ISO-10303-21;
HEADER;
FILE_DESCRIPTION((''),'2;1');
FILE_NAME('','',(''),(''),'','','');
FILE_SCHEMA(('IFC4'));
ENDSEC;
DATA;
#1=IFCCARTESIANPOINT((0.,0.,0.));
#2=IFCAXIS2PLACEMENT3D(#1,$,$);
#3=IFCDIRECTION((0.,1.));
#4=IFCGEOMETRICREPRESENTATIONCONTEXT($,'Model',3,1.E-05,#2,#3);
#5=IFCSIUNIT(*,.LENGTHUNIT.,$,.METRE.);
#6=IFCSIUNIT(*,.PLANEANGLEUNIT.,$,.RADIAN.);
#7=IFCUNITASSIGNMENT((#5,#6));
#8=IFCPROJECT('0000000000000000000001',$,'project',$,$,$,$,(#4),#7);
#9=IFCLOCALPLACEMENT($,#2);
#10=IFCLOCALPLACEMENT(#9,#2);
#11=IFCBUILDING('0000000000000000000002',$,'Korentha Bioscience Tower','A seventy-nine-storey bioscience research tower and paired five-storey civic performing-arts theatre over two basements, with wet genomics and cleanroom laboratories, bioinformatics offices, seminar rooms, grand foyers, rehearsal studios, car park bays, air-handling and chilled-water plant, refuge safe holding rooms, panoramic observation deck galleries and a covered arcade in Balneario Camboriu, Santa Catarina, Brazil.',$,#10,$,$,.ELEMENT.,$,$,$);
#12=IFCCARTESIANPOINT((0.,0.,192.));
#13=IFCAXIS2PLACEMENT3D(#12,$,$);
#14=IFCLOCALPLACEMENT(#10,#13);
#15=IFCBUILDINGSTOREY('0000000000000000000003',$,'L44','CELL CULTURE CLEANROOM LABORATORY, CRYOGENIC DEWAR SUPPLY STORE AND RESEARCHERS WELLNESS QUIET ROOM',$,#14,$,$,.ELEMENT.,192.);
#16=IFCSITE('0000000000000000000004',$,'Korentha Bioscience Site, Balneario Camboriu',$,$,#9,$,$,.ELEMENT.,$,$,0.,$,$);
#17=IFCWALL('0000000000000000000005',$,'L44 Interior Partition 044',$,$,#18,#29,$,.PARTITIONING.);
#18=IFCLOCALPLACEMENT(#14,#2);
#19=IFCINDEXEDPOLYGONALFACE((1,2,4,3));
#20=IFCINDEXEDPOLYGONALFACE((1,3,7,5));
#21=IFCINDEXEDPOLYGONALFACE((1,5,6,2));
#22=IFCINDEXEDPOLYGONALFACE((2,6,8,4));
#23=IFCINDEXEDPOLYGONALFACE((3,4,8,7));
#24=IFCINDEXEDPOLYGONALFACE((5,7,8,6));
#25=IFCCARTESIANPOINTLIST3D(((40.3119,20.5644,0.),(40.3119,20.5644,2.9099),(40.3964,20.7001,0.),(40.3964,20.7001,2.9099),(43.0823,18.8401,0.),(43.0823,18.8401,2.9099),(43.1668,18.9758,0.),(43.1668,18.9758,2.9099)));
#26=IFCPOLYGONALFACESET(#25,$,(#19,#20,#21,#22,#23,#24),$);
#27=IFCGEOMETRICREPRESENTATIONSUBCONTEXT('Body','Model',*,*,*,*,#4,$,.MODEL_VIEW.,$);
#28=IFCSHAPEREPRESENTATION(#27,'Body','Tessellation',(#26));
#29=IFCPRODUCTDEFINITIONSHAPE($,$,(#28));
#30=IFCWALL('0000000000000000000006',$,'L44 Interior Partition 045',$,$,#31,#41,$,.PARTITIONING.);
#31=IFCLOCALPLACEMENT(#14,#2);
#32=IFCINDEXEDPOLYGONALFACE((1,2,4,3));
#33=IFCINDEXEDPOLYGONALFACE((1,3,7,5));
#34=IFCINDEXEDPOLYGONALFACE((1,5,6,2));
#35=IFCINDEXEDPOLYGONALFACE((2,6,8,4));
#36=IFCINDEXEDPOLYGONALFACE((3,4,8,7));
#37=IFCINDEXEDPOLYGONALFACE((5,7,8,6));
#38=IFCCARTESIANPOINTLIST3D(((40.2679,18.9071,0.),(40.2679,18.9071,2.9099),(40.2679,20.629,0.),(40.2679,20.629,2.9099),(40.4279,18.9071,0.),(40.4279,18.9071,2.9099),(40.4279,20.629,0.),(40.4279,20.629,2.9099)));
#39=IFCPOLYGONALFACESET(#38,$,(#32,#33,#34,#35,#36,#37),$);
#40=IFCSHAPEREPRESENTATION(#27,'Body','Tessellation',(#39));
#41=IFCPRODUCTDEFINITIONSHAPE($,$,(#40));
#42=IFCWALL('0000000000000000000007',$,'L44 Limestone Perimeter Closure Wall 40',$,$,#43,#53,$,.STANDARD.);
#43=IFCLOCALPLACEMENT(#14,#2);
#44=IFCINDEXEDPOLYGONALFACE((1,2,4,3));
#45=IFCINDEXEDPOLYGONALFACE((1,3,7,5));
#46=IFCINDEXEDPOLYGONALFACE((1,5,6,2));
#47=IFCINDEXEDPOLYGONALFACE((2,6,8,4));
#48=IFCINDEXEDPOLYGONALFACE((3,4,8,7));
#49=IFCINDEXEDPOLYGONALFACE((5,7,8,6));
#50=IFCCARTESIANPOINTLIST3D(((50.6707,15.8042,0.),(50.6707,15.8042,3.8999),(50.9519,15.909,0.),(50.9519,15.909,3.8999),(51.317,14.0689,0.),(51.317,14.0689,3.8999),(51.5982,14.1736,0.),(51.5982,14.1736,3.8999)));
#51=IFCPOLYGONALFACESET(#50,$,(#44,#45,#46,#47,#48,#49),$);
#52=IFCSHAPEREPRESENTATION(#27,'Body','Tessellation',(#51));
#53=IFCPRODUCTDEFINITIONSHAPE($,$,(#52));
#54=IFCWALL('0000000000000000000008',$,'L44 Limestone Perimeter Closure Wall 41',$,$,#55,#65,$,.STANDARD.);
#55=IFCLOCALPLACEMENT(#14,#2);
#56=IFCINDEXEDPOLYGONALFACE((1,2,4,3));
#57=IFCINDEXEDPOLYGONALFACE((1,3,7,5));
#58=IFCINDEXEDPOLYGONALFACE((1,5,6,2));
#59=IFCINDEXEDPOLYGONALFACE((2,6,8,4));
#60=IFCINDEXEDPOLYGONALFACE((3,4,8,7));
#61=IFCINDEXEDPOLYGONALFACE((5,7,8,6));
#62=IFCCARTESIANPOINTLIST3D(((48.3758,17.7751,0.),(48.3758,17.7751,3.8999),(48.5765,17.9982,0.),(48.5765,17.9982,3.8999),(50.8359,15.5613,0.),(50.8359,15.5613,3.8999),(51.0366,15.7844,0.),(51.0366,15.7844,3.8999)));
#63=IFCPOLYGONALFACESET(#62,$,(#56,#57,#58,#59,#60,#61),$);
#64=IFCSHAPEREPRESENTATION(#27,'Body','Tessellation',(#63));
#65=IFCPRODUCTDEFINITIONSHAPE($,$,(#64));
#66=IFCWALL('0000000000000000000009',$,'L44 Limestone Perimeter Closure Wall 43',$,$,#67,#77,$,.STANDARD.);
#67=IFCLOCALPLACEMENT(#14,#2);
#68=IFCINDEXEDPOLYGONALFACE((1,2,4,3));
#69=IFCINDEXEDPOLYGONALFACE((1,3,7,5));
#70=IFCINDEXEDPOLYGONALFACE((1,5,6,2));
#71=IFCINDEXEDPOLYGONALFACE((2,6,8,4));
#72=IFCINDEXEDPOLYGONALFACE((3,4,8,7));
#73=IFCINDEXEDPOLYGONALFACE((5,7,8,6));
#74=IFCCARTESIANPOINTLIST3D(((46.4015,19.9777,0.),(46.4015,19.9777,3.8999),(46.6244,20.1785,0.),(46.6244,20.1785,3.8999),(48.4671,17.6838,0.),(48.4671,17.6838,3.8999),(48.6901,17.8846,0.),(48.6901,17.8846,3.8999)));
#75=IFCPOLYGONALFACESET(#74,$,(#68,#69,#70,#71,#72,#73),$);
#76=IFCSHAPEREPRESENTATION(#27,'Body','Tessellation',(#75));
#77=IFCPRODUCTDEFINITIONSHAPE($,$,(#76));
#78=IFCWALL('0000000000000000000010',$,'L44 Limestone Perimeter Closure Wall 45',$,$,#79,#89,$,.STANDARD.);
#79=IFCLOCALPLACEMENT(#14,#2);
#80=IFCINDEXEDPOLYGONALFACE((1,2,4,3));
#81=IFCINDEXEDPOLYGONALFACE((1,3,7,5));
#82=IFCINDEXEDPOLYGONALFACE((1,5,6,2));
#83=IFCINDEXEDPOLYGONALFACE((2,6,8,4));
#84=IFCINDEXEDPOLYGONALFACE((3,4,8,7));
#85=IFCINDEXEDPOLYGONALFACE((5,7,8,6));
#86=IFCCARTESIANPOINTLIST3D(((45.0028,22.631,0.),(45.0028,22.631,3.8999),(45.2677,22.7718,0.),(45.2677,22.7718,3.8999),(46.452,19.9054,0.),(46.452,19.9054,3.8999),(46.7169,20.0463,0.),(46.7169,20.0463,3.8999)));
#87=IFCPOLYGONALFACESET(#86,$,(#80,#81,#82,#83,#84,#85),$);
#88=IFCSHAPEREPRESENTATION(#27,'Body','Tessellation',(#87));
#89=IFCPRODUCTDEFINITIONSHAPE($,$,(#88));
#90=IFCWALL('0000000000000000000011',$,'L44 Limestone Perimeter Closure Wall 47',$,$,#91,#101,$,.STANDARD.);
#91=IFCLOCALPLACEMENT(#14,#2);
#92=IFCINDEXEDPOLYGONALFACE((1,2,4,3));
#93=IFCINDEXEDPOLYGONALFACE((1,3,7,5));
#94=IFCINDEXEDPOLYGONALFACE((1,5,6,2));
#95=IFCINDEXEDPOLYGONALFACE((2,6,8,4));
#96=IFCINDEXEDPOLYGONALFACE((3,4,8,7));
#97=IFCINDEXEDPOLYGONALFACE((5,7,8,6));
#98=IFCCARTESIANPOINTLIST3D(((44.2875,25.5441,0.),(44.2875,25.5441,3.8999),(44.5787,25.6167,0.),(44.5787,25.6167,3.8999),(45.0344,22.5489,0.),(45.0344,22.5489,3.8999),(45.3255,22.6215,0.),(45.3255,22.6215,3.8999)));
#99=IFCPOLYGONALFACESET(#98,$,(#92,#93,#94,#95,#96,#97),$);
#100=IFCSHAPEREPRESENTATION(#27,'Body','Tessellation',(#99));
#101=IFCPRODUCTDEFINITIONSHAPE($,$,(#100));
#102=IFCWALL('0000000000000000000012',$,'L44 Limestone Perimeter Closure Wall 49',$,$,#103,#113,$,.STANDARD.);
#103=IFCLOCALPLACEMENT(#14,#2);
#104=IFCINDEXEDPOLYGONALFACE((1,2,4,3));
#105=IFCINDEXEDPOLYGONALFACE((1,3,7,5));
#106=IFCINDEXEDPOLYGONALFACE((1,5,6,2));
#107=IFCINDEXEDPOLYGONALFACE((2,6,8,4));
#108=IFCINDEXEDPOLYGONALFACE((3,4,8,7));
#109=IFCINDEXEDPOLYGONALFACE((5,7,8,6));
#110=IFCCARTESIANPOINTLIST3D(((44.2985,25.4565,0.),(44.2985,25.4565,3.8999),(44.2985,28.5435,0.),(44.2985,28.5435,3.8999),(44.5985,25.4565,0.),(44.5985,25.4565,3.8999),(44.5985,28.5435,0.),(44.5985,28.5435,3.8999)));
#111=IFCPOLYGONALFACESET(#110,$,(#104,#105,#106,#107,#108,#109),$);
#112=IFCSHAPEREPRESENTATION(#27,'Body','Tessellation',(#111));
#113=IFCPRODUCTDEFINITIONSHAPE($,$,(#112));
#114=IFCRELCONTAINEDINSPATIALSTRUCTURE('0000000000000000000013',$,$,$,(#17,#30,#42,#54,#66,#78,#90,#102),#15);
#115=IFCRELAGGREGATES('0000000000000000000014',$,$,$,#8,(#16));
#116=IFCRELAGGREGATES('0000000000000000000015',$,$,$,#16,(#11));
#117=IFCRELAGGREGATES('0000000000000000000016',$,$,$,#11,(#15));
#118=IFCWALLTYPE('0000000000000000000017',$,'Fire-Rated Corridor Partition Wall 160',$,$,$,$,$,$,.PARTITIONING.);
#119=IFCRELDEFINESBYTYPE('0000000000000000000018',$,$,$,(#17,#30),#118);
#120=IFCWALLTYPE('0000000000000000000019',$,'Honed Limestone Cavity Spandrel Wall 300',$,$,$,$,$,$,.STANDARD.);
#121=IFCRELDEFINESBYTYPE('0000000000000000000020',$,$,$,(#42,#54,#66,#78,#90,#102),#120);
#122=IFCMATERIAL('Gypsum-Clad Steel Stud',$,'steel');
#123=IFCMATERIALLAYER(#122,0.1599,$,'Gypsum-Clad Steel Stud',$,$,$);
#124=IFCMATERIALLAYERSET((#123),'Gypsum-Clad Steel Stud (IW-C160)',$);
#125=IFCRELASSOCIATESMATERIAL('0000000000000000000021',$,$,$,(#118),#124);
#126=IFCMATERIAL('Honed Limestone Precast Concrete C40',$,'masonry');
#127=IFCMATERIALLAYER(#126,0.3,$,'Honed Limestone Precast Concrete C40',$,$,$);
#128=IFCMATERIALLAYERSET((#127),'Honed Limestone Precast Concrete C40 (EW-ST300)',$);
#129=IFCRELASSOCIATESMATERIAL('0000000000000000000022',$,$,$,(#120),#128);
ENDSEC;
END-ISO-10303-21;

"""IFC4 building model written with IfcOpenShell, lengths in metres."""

from ifc_helpers import new_model, si_unit, direction, frame, frame_2d, origin, place, context, subcontext, project, spatial, rectangle, extrude, material, layer, layer_set, type_object, element, save


model = new_model("IFC4")

# Units and contexts
model_context = context("Model", 3, precision=1e-05, world=origin(), true_north=direction((0.0, 1.0)))
body_context = subcontext(model_context, "Body", "Model", "MODEL_VIEW")
ifc_project = project(units=[si_unit("LENGTHUNIT", "METRE"), si_unit("PLANEANGLEUNIT", "RADIAN")], contexts=[model_context])

# Site, building, storey
site_placement = place(None, origin())
site = spatial("IfcSite", under=ifc_project, at=site_placement, Name="Korentha Bioscience Site, Balneario Camboriu", CompositionType="ELEMENT", RefElevation=0.0)
building_placement = place(site_placement, origin())
building = spatial("IfcBuilding", under=site, at=building_placement, Name="Korentha Bioscience Tower", Description="A seventy-nine-storey bioscience research tower and paired five-storey civic performing-arts theatre over two basements, with wet genomics and cleanroom laboratories, bioinformatics offices, seminar rooms, grand foyers, rehearsal studios, car park bays, air-handling and chilled-water plant, refuge safe holding rooms, panoramic observation deck galleries and a covered arcade in Balneario Camboriu, Santa Catarina, Brazil.", CompositionType="ELEMENT")
storey_placement = place(building_placement, frame((0.0, 0.0, 192.0)))
storey = spatial("IfcBuildingStorey", under=building, at=storey_placement, Name="L44", Description="CELL CULTURE CLEANROOM LABORATORY, CRYOGENIC DEWAR SUPPLY STORE AND RESEARCHERS WELLNESS QUIET ROOM", CompositionType="ELEMENT", Elevation=192.0)

# Shared definitions
ifc_material_1 = material(Name="Gypsum-Clad Steel Stud", Category="steel")
ifc_layer_1 = layer(ifc_material_1, 0.1599, Name="Gypsum-Clad Steel Stud")
ifc_layer_set_1 = layer_set([ifc_layer_1], Name="Gypsum-Clad Steel Stud (IW-C160)")
wall_type_1 = type_object("IfcWallType", Name="Fire-Rated Corridor Partition Wall 160", PredefinedType="PARTITIONING", material=ifc_layer_set_1)

# Walls
wall_1_placement = place(storey_placement, frame((43.1245, 18.908, 0.0), z_axis=(0.0, 0.0, 1.0), x_axis=(-0.848989, 0.528411, 0.0)))
element("IfcWall", 1, at=wall_1_placement, inside=storey, type_object=wall_type_1, Name="L44 Interior Partition 044", PredefinedType="PARTITIONING", context=body_context, shape_type="SweptSolid", body=[
    extrude(rectangle(XDim=3.2632, YDim=0.1599, at=frame_2d((1.6316, 0.0))), origin(), (0.0, 0.0, 1.0), 2.9099),
])
wall_2_placement = place(storey_placement, frame((40.3479, 20.6289, 0.0), z_axis=(0.0, 0.0, 1.0), x_axis=(0.0, -1.0, 0.0)))
element("IfcWall", 2, at=wall_2_placement, inside=storey, type_object=wall_type_1, Name="L44 Interior Partition 045", PredefinedType="PARTITIONING", context=body_context, shape_type="SweptSolid", body=[
    extrude(rectangle(XDim=1.7219, YDim=0.1599, at=frame_2d((0.8608, 0.0))), origin(), (0.0, 0.0, 1.0), 2.9099),
])
ifc_material_2 = material(Name="Honed Limestone Precast Concrete C40", Category="masonry")
ifc_layer_2 = layer(ifc_material_2, 0.3, Name="Honed Limestone Precast Concrete C40")
ifc_layer_set_2 = layer_set([ifc_layer_2], Name="Honed Limestone Precast Concrete C40 (EW-ST300)")
wall_type_2 = type_object("IfcWallType", Name="Honed Limestone Cavity Spandrel Wall 300", PredefinedType="STANDARD", material=ifc_layer_set_2)
wall_3_placement = place(storey_placement, frame((51.4575, 14.1213, 0.0), z_axis=(0.0, 0.0, 1.0), x_axis=(-0.348984, 0.937129, 0.0)))
element("IfcWall", 3, at=wall_3_placement, inside=storey, type_object=wall_type_2, Name="L44 Limestone Perimeter Closure Wall 40", PredefinedType="STANDARD", context=body_context, shape_type="SweptSolid", body=[
    extrude(rectangle(XDim=1.8518, YDim=0.3, at=frame_2d((0.9258, 0.0))), origin(), (0.0, 0.0, 1.0), 3.8999),
])
wall_4_placement = place(storey_placement, frame((50.9363, 15.6729, 0.0), z_axis=(0.0, 0.0, 1.0), x_axis=(-0.743342, 0.668912, 0.0)))
element("IfcWall", 4, at=wall_4_placement, inside=storey, type_object=wall_type_2, Name="L44 Limestone Perimeter Closure Wall 41", PredefinedType="STANDARD", context=body_context, shape_type="SweptSolid", body=[
    extrude(rectangle(XDim=3.3096, YDim=0.3, at=frame_2d((1.6548, 0.0))), origin(), (0.0, 0.0, 1.0), 3.8999),
])
for number, where, z_axis, x_axis, name in (
    (5, (48.5786, 17.7842, 0.0), (0.0, 0.0, 1.0), (-0.669166, 0.743113, 0.0), "L44 Limestone Perimeter Closure Wall 43"),
    (6, (46.5845, 19.9758, 0.0), (0.0, 0.0, 1.0), (-0.469471, 0.882948, 0.0), "L44 Limestone Perimeter Closure Wall 45"),
    (7, (45.1799, 22.5852, 0.0), (0.0, 0.0, 1.0), (-0.24194, 0.970291, 0.0), "L44 Limestone Perimeter Closure Wall 47"),
    (8, (44.4485, 25.4565, 0.0), (0.0, 0.0, 1.0), (0.0, 1.0, 0.0), "L44 Limestone Perimeter Closure Wall 49"),
):
    element("IfcWall", number, at=place(storey_placement, frame(where, z_axis=z_axis, x_axis=x_axis)), inside=storey, type_object=wall_type_2, Name=name, PredefinedType="STANDARD", context=body_context, shape_type="SweptSolid", body=[
        extrude(rectangle(XDim=3.0869, YDim=0.3, at=frame_2d((1.5435, 0.0))), origin(), (0.0, 0.0, 1.0), 3.8999),
    ])

save(model, "model.ifc")
